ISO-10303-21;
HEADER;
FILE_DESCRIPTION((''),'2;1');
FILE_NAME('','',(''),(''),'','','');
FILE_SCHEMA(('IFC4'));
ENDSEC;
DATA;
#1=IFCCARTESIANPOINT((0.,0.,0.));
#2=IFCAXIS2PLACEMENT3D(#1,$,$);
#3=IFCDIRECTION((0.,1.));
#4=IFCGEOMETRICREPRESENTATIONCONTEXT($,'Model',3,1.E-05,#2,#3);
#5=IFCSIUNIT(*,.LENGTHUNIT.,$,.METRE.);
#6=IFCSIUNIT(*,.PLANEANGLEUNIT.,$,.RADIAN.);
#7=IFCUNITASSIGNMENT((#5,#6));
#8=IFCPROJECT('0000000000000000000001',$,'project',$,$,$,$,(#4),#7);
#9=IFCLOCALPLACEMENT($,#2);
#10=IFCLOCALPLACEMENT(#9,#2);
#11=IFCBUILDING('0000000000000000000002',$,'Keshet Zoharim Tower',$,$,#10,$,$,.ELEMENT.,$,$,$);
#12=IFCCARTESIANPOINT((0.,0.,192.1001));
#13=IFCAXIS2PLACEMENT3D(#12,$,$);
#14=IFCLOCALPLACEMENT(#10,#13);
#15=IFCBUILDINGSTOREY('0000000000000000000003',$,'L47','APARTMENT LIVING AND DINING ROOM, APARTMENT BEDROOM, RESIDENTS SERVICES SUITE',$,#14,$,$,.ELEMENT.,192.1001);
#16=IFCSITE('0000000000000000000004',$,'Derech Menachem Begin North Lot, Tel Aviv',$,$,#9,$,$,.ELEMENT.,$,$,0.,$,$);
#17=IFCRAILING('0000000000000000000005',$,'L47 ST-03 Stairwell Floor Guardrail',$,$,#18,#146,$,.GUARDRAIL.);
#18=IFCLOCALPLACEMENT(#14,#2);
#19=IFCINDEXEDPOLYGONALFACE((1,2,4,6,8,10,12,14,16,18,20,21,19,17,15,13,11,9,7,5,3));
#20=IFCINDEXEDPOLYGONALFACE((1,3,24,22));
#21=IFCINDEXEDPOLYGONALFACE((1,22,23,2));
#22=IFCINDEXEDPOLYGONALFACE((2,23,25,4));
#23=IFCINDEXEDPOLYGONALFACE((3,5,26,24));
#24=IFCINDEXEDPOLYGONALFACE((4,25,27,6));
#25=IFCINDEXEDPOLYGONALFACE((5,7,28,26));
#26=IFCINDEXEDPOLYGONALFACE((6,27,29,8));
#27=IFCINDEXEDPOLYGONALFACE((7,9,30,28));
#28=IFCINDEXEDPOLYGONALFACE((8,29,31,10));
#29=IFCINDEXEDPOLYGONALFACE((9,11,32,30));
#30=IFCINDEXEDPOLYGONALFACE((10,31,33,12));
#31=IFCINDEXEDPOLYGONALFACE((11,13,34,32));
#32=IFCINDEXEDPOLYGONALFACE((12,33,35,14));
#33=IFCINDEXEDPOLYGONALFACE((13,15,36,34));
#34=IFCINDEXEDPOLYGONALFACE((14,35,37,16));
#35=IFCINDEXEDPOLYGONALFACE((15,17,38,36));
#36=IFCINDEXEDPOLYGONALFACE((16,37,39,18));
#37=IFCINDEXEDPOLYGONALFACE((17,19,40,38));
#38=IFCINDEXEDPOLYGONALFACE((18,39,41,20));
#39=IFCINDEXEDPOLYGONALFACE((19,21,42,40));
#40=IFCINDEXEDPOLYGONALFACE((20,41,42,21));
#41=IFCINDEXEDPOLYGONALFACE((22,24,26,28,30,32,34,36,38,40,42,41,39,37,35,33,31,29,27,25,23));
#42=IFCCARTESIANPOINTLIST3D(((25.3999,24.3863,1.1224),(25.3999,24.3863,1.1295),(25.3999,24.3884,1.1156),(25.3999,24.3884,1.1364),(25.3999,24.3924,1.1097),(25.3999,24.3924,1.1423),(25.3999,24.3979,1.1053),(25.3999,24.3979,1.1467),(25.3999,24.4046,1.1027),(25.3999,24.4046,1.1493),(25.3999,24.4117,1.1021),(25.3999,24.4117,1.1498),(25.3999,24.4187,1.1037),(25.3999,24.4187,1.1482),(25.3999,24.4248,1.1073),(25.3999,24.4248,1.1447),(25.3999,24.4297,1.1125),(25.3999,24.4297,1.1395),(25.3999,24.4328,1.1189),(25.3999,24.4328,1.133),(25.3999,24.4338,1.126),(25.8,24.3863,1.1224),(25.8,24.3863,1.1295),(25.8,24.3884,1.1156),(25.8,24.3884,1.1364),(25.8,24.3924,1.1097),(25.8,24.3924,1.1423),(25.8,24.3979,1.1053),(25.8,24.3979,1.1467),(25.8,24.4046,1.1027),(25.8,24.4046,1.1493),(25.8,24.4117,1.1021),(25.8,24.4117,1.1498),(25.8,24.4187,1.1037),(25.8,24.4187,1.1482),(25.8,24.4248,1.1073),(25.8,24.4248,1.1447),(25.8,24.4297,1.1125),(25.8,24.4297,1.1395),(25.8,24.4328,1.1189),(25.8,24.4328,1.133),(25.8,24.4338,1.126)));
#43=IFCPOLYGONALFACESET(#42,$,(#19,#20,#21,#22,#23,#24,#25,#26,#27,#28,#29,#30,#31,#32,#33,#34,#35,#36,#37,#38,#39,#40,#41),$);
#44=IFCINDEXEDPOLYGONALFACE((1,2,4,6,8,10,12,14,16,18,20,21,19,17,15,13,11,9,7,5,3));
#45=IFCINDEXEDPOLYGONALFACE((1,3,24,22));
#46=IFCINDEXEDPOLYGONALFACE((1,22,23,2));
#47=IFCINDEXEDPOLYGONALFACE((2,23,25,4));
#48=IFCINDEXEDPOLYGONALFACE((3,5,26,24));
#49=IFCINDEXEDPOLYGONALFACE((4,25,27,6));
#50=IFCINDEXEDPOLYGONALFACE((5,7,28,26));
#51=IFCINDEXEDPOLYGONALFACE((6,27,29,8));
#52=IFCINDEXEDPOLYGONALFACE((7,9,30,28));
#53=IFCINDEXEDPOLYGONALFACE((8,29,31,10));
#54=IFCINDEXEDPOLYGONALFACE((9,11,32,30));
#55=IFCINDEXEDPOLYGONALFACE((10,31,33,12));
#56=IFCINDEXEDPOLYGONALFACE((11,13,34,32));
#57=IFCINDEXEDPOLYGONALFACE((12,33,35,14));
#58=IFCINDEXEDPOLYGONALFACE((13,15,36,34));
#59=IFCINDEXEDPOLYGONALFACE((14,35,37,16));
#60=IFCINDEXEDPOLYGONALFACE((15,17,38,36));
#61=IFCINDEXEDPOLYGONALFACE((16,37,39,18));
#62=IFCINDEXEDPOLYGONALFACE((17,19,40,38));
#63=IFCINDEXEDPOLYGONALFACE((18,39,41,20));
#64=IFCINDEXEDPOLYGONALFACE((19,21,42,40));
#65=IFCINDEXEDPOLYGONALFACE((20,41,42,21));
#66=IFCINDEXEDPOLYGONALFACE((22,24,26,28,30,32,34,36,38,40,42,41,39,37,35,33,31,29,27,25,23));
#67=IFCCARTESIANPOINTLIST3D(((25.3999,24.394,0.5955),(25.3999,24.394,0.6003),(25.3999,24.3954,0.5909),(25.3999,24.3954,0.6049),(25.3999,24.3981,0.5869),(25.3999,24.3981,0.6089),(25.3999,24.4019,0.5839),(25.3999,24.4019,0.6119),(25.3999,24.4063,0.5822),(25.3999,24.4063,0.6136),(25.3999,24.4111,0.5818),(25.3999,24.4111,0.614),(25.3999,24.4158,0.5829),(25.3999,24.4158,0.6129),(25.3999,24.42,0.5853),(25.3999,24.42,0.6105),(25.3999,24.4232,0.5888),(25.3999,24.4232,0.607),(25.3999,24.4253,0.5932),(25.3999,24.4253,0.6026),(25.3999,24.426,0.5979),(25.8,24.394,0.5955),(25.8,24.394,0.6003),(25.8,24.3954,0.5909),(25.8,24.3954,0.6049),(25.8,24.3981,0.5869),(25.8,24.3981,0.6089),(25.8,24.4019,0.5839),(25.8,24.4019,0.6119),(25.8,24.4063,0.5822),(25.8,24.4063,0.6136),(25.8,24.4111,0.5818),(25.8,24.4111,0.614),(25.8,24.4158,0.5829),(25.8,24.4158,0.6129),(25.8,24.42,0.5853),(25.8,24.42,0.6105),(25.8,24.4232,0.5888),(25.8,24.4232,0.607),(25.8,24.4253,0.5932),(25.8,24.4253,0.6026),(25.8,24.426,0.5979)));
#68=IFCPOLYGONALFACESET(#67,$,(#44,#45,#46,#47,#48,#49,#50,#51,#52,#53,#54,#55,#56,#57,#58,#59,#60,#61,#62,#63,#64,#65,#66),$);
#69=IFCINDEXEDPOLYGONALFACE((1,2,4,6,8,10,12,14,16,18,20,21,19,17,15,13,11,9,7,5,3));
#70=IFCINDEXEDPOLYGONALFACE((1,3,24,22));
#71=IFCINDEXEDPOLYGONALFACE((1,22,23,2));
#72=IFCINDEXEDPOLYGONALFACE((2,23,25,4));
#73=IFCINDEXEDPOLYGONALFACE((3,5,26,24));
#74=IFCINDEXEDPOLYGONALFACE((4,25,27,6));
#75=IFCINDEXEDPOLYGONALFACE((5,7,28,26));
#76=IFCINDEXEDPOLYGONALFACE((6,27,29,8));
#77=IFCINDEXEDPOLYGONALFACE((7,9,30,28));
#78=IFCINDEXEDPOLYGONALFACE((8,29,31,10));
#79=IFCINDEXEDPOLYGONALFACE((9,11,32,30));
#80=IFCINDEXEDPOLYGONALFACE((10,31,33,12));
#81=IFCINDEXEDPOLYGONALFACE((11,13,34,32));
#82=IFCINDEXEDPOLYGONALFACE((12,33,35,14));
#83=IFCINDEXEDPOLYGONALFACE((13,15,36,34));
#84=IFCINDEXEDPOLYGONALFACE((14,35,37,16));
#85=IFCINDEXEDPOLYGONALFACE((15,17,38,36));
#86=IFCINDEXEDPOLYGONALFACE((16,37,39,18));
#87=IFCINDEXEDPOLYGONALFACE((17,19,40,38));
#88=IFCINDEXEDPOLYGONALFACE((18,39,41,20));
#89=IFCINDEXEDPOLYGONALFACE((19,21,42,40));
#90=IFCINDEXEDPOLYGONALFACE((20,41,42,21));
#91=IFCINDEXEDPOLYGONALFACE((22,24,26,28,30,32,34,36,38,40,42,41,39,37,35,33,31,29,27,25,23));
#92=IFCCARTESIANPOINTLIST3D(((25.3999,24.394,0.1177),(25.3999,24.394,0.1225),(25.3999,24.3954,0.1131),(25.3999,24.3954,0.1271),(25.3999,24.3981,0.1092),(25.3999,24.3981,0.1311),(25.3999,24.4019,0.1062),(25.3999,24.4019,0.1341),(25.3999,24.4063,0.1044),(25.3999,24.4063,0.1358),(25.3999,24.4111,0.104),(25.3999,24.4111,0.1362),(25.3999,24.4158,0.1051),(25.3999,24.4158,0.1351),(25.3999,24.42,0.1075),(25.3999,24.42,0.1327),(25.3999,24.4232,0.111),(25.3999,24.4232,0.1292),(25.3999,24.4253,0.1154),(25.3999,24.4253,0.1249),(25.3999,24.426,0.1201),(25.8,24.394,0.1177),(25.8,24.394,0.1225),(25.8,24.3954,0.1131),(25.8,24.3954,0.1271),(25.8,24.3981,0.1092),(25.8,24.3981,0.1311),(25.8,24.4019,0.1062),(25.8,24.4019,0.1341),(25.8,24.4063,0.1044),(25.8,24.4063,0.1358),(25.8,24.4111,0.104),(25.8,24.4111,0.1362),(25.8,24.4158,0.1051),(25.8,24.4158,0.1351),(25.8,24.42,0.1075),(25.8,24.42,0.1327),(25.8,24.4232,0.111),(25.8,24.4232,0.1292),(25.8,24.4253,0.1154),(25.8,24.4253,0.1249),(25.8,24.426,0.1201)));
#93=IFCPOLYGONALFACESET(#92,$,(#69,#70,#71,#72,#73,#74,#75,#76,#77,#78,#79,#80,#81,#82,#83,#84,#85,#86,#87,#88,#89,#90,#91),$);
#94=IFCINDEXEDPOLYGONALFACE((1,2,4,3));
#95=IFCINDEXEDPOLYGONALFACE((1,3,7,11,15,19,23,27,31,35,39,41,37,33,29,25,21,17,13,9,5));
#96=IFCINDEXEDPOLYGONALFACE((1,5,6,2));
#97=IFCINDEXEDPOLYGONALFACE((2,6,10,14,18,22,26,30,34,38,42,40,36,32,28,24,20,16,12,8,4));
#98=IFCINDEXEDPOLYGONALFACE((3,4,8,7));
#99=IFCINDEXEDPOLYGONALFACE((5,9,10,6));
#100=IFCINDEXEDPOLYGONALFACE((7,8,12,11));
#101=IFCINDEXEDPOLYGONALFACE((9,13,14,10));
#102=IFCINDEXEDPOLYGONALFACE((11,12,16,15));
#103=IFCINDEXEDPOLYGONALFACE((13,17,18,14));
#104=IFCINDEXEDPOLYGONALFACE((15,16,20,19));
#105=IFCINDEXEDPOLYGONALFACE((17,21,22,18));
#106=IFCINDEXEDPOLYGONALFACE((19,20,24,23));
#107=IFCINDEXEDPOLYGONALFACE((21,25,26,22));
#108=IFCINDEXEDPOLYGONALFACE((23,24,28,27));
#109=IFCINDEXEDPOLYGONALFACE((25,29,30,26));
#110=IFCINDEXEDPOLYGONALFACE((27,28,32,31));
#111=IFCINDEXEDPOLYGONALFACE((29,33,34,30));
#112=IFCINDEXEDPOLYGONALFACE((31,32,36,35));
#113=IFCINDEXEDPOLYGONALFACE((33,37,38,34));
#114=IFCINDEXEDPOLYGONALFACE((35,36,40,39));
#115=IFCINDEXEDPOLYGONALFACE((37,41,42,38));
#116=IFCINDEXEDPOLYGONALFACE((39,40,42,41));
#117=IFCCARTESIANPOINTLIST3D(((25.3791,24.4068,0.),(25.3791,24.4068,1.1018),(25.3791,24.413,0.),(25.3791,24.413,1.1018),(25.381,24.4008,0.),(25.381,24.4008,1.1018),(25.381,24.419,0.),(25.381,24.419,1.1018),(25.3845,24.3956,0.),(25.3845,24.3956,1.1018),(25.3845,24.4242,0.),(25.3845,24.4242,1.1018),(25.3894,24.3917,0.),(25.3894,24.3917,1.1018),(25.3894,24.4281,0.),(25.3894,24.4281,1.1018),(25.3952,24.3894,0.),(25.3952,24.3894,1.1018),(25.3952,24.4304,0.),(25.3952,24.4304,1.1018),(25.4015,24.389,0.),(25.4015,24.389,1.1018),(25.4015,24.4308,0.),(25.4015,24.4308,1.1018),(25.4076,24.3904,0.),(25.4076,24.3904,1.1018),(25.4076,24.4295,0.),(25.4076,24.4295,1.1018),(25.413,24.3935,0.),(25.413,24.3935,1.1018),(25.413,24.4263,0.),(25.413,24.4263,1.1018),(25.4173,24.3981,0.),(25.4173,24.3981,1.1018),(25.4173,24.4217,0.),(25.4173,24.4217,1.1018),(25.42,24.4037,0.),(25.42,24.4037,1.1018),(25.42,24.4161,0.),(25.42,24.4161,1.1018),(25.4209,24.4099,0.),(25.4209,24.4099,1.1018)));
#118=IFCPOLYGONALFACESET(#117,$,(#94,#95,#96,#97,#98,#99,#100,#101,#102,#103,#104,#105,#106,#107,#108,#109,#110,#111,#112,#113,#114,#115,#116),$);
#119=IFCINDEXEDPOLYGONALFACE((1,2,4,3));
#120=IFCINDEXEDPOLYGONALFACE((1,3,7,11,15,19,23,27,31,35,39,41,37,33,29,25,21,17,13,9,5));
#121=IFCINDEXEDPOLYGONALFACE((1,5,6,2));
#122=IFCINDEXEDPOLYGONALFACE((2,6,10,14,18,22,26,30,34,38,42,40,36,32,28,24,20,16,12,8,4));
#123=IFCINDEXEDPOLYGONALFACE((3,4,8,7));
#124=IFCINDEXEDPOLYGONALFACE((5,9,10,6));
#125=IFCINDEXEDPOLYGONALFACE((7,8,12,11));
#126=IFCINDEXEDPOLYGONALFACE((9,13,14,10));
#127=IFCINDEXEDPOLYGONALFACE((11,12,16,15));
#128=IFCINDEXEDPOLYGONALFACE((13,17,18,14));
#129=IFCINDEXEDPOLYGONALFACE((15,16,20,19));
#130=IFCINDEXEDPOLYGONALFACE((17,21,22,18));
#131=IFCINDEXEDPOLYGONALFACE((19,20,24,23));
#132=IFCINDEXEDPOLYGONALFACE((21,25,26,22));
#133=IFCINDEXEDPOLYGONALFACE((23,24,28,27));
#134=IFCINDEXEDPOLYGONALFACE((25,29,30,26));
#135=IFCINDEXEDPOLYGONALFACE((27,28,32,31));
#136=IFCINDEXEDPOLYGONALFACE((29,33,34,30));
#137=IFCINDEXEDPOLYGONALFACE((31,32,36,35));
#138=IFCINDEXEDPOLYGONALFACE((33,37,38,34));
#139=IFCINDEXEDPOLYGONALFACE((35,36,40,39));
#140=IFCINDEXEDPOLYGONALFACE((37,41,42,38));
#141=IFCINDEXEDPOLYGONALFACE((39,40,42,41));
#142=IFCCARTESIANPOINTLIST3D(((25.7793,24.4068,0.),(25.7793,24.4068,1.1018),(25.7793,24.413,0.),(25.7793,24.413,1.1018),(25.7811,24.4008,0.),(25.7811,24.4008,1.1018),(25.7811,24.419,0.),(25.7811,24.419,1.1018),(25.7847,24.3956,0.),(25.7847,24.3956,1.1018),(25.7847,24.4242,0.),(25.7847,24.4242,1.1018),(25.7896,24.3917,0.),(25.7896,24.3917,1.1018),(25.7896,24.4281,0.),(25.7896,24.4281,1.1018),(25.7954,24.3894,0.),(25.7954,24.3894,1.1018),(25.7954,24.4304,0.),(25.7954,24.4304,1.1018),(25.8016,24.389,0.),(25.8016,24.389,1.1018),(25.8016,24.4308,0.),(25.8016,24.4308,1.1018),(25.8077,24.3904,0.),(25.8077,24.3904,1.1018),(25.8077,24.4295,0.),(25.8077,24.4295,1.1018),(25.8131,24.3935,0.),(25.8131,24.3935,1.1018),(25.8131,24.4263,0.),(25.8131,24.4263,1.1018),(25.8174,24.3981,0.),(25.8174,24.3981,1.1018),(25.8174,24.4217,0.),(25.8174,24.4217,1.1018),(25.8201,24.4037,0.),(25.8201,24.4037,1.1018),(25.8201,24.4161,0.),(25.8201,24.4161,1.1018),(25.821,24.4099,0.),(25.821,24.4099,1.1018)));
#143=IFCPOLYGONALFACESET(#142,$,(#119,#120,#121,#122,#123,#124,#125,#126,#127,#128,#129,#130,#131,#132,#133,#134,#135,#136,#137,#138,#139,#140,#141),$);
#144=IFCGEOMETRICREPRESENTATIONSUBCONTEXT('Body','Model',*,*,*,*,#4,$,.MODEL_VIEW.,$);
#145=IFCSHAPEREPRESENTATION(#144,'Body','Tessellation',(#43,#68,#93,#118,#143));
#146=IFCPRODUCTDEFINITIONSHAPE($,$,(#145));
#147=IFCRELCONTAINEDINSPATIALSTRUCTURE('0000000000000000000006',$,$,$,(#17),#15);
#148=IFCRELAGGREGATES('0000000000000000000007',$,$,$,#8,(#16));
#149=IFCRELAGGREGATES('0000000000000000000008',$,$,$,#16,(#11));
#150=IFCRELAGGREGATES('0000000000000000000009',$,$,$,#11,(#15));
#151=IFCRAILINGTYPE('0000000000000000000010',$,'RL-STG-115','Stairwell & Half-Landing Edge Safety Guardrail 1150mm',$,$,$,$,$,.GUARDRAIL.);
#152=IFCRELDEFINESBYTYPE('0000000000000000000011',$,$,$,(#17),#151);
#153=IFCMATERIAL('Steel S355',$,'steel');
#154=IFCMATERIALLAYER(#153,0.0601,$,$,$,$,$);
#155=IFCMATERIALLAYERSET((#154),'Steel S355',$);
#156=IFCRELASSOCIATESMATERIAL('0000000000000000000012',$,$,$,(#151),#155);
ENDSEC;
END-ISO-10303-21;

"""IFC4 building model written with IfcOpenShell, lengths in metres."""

from ifc_helpers import new_model, si_unit, direction, frame, origin, origin_2d, place, context, subcontext, project, spatial, circle, extrude, material, layer, layer_set, type_object, element, save


model = new_model("IFC4")

# Units and contexts
model_context = context("Model", 3, precision=1e-05, world=origin(), true_north=direction((0.0, 1.0)))
body_context = subcontext(model_context, "Body", "Model", "MODEL_VIEW")
ifc_project = project(units=[si_unit("LENGTHUNIT", "METRE"), si_unit("PLANEANGLEUNIT", "RADIAN")], contexts=[model_context])

# Site, building, storey
site_placement = place(None, origin())
site = spatial("IfcSite", under=ifc_project, at=site_placement, Name="Derech Menachem Begin North Lot, Tel Aviv", CompositionType="ELEMENT", RefElevation=0.0)
building_placement = place(site_placement, origin())
building = spatial("IfcBuilding", under=site, at=building_placement, Name="Keshet Zoharim Tower", CompositionType="ELEMENT")
storey_placement = place(building_placement, frame((0.0, 0.0, 192.1001)))
storey = spatial("IfcBuildingStorey", under=building, at=storey_placement, Name="L47", Description="APARTMENT LIVING AND DINING ROOM, APARTMENT BEDROOM, RESIDENTS SERVICES SUITE", CompositionType="ELEMENT", Elevation=192.1001)

# Railing
ifc_material_1 = material(Name="Steel S355", Category="steel")
ifc_layer_1 = layer(ifc_material_1, 0.0601)
ifc_layer_set_1 = layer_set([ifc_layer_1], Name="Steel S355")
railing_type_1 = type_object("IfcRailingType", Name="RL-STG-115", Description="Stairwell & Half-Landing Edge Safety Guardrail 1150mm", PredefinedType="GUARDRAIL", material=ifc_layer_set_1)
railing_1_placement = place(storey_placement, frame((25.3999, 24.4099, 0.0)))
element("IfcRailing", 1, at=railing_1_placement, inside=storey, type_object=railing_type_1, Name="L47 ST-03 Stairwell Floor Guardrail", PredefinedType="GUARDRAIL", context=body_context, shape_type="SweptSolid", body=[
    extrude(circle(Radius=0.0239, at=origin_2d()), frame((0.0, 0.0, 1.126), z_axis=(1.0, 0.0, 0.0), x_axis=(0.0, 1.0, 0.0)), (0.0, 0.0, 1.0), 0.4001),
    extrude(circle(Radius=0.0161, at=origin_2d()), frame((0.0, 0.0, 0.5979), z_axis=(1.0, 0.0, 0.0), x_axis=(0.0, 1.0, 0.0)), (0.0, 0.0, 1.0), 0.4001),
    extrude(circle(Radius=0.0161, at=origin_2d()), frame((0.0, 0.0, 0.1201), z_axis=(1.0, 0.0, 0.0), x_axis=(0.0, 1.0, 0.0)), (0.0, 0.0, 1.0), 0.4001),
    extrude(circle(Radius=0.021, at=origin_2d()), origin(), (0.0, 0.0, 1.0), 1.1018),
    extrude(circle(Radius=0.021, at=origin_2d()), frame((0.4001, 0.0, 0.0)), (0.0, 0.0, 1.0), 1.1018),
])

save(model, "model.ifc")
